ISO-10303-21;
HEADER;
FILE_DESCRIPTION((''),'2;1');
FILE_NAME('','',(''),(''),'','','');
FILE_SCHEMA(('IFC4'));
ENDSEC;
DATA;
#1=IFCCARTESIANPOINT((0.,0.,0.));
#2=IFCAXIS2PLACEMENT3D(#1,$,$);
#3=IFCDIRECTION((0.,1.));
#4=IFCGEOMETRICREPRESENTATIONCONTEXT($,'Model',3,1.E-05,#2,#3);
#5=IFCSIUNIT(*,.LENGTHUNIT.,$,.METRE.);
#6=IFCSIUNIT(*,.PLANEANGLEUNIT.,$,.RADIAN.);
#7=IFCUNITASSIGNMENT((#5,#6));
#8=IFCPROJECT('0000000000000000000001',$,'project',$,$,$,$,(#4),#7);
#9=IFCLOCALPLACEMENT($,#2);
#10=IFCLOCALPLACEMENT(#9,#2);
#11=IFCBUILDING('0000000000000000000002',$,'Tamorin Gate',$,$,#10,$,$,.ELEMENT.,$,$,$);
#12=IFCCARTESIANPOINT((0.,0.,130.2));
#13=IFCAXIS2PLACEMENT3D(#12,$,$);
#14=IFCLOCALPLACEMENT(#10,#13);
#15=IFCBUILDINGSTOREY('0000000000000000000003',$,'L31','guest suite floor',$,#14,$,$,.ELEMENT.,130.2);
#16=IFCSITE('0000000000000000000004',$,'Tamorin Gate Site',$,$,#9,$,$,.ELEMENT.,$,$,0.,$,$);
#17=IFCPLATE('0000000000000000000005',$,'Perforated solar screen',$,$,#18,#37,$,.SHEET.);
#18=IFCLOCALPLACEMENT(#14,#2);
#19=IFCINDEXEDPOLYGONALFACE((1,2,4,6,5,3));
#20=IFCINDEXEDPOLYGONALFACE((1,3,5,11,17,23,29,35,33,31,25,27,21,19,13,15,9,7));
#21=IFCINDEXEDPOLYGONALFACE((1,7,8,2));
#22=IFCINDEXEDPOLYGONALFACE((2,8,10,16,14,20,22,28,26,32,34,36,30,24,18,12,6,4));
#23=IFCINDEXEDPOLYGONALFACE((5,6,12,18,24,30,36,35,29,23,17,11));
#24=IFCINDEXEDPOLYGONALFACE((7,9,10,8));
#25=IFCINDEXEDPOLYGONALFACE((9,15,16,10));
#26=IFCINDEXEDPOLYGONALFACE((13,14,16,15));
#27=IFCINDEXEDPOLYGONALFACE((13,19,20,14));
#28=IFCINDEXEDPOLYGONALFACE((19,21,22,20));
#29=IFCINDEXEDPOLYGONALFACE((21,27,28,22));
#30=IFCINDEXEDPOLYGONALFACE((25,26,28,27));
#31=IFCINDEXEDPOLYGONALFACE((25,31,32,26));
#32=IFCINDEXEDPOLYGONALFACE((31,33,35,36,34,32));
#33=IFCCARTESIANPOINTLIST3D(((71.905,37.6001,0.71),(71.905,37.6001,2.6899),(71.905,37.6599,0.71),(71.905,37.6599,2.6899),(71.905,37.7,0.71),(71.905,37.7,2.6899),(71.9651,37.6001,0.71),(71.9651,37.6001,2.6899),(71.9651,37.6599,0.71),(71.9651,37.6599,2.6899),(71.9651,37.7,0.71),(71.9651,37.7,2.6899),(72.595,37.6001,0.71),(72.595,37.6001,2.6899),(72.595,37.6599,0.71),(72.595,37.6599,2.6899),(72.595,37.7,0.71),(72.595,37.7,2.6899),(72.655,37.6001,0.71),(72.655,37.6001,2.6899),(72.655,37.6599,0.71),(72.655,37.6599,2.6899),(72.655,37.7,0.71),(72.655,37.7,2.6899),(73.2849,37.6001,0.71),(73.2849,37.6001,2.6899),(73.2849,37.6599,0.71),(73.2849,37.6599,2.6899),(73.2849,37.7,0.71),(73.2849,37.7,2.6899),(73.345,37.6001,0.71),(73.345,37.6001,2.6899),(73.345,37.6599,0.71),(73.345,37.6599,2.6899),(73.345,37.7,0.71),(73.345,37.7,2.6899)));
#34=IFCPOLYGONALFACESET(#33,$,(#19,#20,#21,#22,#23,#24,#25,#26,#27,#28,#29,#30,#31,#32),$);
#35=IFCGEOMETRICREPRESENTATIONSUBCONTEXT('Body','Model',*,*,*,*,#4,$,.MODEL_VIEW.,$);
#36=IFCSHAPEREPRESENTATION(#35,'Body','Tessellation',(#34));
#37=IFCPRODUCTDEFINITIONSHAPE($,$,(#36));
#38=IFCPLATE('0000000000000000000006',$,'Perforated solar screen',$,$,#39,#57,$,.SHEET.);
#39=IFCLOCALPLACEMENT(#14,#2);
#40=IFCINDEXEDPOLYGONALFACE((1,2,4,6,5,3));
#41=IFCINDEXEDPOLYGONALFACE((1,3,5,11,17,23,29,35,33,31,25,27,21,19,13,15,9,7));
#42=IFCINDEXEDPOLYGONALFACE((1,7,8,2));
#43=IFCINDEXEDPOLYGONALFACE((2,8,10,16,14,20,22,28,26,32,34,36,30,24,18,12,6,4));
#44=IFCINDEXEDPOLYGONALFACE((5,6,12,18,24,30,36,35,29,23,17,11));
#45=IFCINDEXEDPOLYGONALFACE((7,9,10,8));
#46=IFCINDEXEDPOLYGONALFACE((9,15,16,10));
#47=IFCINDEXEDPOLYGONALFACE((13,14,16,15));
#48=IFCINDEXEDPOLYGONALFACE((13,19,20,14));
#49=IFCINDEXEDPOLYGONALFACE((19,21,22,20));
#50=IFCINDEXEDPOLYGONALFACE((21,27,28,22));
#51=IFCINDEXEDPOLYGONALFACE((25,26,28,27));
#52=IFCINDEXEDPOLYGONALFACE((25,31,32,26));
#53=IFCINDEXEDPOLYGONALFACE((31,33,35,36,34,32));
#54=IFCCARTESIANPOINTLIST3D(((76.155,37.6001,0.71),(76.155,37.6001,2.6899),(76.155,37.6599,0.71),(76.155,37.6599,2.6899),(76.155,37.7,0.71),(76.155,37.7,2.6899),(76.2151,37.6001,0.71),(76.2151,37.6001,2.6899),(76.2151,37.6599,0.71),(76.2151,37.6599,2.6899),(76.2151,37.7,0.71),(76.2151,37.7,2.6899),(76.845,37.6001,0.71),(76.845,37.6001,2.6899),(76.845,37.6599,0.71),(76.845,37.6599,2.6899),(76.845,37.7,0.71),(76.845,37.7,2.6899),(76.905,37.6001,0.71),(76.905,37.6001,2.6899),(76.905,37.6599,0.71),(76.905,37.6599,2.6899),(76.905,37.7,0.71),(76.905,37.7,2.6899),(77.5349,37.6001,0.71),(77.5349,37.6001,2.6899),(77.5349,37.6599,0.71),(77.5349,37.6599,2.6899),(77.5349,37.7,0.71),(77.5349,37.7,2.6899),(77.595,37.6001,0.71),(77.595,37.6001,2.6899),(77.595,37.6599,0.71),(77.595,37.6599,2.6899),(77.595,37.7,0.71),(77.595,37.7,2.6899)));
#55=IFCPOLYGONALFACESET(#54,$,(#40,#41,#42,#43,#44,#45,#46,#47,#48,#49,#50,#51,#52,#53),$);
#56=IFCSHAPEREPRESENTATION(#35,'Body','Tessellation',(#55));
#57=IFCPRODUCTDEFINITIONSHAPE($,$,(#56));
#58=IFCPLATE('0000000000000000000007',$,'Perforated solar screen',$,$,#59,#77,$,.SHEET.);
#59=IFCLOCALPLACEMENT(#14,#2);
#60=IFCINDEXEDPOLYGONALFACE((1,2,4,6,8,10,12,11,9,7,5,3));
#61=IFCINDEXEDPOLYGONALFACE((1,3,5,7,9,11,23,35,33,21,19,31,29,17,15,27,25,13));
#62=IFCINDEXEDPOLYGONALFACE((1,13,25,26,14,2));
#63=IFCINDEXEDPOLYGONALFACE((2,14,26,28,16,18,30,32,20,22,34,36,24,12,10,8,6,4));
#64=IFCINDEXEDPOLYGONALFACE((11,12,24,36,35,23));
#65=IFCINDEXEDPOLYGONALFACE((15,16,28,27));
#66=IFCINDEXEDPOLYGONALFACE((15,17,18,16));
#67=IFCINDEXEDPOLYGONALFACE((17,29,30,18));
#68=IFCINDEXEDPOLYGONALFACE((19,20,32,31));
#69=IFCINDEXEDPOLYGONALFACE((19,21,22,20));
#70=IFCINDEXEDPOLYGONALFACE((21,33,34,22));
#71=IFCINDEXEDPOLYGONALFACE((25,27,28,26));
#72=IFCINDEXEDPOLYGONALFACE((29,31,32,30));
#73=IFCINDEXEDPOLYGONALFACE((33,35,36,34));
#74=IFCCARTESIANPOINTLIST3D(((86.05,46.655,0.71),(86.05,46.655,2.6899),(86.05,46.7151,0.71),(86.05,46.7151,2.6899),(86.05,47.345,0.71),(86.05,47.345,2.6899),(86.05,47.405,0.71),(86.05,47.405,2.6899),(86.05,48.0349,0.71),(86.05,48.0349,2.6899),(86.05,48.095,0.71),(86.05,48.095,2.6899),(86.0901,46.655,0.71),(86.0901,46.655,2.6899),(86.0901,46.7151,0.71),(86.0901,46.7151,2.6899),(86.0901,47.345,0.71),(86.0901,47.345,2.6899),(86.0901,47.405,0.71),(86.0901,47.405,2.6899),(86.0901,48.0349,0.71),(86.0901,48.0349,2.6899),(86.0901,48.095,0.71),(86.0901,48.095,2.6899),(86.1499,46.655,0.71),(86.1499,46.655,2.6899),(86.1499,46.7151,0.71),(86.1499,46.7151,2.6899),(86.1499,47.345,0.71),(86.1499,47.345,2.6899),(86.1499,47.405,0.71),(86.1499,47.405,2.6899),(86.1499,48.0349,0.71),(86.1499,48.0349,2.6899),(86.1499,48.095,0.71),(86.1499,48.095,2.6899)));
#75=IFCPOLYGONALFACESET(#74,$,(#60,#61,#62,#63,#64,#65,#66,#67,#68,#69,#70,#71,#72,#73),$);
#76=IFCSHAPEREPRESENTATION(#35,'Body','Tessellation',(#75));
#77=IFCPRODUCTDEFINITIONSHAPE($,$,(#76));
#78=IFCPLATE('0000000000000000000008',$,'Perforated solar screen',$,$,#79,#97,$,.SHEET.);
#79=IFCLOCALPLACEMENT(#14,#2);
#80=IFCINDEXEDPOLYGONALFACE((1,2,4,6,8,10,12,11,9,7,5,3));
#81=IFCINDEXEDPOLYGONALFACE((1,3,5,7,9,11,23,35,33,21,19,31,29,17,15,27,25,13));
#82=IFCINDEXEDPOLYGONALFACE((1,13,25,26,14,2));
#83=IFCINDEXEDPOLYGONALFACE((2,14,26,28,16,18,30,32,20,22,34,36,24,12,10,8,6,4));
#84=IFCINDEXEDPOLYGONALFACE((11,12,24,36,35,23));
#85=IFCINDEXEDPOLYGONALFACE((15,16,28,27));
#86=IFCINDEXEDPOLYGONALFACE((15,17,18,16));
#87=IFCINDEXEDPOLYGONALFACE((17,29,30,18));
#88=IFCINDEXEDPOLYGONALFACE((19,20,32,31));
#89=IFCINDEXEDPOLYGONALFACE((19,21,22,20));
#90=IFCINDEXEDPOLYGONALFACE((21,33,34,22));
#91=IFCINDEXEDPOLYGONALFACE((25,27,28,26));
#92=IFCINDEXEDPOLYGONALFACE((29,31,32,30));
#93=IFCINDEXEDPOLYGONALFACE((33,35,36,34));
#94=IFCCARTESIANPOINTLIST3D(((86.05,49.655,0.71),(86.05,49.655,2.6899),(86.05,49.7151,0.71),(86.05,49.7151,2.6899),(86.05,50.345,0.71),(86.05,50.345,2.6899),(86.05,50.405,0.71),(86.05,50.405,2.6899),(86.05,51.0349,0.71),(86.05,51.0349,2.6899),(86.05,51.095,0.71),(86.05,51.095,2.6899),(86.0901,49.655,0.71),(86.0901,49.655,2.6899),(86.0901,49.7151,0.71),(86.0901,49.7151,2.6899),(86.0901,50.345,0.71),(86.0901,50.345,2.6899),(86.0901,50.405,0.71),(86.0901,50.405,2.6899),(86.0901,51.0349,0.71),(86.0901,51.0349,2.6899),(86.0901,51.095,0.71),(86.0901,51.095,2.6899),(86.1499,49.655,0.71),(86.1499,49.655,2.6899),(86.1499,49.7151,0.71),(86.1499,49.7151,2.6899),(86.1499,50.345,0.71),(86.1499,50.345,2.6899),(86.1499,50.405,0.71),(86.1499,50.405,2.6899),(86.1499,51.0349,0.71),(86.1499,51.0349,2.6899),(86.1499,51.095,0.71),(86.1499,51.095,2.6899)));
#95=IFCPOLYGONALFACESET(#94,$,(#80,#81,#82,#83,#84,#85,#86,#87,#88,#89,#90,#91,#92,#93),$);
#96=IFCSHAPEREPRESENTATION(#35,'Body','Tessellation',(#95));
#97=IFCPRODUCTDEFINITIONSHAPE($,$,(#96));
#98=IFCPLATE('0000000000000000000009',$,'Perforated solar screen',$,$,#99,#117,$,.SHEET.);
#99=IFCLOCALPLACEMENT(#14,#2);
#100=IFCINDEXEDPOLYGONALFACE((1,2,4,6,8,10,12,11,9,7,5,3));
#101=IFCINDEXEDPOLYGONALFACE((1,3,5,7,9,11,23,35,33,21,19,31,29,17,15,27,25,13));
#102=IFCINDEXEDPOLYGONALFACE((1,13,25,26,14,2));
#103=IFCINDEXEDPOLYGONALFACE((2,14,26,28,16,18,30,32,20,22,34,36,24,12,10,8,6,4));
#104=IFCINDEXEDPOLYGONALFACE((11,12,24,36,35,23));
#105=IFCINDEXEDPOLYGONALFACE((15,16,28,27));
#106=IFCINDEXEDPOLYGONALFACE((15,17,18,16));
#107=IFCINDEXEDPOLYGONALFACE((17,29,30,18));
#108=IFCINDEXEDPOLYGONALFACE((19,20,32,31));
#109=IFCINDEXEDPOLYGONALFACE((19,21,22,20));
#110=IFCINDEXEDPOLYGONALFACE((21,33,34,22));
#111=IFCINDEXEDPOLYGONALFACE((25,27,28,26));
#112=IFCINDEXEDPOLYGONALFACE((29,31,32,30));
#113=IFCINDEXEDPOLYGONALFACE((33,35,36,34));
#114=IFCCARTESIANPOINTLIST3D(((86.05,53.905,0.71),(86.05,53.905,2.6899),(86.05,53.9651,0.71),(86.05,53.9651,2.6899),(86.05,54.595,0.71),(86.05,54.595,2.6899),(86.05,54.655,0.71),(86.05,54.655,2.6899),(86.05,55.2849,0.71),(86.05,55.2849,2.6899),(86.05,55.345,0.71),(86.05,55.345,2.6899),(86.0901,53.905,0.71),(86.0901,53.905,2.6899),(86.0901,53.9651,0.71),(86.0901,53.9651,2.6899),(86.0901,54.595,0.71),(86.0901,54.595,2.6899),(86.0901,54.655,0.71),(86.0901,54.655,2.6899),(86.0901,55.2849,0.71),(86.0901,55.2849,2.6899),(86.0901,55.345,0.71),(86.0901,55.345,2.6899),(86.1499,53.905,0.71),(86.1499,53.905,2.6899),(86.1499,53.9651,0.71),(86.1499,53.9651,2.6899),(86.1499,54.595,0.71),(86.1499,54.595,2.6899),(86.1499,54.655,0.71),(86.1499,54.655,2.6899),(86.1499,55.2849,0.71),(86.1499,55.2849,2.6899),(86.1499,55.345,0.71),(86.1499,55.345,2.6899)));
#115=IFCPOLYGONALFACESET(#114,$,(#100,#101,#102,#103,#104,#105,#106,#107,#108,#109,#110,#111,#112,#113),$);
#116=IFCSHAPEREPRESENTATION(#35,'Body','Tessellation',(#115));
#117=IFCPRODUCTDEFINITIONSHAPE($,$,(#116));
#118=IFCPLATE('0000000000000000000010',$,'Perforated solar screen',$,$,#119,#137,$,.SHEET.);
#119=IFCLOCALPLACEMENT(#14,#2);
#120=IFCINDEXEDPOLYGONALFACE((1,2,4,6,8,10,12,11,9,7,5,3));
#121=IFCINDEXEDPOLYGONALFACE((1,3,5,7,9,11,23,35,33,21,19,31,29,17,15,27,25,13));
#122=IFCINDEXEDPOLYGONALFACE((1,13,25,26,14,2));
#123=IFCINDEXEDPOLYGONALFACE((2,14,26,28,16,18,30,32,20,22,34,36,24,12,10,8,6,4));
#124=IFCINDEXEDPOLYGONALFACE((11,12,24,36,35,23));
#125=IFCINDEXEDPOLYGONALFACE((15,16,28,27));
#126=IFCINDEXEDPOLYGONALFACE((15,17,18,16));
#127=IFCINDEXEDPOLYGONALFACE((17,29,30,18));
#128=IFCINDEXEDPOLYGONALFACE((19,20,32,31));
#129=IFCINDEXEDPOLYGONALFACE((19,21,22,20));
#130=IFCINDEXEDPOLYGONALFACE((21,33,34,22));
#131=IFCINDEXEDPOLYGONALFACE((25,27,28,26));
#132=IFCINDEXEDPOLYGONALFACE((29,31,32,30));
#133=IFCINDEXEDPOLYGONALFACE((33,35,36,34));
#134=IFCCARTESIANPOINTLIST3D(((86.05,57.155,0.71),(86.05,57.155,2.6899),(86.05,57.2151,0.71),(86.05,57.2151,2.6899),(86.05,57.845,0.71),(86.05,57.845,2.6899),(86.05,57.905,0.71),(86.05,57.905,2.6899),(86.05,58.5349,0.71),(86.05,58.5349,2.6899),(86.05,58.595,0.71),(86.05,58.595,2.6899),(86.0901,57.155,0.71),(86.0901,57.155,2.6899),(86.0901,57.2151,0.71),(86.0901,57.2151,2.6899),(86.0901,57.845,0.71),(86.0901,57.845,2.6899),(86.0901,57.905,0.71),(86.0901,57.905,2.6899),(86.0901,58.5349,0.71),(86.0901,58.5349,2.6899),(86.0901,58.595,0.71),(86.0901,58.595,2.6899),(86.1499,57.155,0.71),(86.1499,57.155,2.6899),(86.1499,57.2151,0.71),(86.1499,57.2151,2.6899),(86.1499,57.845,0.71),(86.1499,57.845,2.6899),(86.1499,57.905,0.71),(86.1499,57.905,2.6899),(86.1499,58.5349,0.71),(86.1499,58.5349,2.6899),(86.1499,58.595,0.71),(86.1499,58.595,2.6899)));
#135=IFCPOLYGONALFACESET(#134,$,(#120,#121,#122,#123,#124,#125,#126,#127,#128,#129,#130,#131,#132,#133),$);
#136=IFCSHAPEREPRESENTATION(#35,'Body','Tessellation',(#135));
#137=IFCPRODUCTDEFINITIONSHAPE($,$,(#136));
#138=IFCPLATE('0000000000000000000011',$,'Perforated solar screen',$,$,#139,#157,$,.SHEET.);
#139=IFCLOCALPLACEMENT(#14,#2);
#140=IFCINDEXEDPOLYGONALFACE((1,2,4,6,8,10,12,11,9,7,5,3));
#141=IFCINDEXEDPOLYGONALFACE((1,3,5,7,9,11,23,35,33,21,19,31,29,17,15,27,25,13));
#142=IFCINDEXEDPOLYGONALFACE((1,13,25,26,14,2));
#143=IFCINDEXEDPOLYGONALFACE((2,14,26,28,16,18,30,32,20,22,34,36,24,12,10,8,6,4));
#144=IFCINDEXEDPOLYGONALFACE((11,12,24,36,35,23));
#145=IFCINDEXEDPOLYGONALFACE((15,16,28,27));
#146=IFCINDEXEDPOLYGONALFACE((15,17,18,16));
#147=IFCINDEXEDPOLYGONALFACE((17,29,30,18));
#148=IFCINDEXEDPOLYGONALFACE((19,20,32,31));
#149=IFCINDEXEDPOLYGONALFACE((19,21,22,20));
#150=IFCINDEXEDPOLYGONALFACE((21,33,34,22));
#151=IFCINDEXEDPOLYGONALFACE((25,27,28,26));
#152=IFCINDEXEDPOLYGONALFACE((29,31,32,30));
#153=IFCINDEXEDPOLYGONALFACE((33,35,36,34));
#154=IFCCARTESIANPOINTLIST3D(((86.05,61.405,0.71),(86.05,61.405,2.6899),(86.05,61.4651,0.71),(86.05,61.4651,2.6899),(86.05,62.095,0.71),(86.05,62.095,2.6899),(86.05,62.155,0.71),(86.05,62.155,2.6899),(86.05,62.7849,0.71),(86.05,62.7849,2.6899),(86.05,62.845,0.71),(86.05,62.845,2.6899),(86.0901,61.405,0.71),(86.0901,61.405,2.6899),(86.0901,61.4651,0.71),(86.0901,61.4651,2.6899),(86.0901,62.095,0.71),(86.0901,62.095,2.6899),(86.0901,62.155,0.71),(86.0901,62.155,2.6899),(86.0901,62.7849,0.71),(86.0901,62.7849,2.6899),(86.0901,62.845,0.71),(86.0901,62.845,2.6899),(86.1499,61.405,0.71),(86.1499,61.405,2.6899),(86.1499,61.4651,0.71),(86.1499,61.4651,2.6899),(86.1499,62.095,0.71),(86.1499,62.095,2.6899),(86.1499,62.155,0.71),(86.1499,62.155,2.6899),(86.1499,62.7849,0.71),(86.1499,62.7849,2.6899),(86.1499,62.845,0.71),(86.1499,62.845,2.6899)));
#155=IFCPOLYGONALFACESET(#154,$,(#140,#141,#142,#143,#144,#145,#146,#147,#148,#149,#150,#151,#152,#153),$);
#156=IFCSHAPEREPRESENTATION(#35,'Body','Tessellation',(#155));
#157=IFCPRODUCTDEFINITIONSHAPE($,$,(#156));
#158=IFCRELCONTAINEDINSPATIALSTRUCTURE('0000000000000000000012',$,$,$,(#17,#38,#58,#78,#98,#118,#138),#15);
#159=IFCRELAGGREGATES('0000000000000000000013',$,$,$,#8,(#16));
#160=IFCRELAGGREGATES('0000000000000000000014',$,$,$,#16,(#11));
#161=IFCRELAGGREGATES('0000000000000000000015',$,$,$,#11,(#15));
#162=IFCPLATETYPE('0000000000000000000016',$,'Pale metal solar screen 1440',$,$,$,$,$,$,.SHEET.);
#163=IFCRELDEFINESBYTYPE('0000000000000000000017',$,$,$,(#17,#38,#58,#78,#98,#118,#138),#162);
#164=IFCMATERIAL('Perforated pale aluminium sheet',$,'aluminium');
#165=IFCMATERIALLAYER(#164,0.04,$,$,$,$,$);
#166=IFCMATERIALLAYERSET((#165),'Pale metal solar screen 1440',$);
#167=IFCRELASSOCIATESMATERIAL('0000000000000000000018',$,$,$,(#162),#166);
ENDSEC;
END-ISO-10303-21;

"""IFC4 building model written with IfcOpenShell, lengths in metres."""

from ifc_helpers import new_model, si_unit, direction, frame, origin, place, context, subcontext, project, spatial, polyline, outline, extrude, material, layer, layer_set, type_object, element, save


model = new_model("IFC4")

# Units and contexts
model_context = context("Model", 3, precision=1e-05, world=origin(), true_north=direction((0.0, 1.0)))
body_context = subcontext(model_context, "Body", "Model", "MODEL_VIEW")
ifc_project = project(units=[si_unit("LENGTHUNIT", "METRE"), si_unit("PLANEANGLEUNIT", "RADIAN")], contexts=[model_context])

# Site, building, storey
site_placement = place(None, origin())
site = spatial("IfcSite", under=ifc_project, at=site_placement, Name="Tamorin Gate Site", CompositionType="ELEMENT", RefElevation=0.0)
building_placement = place(site_placement, origin())
building = spatial("IfcBuilding", under=site, at=building_placement, Name="Tamorin Gate", CompositionType="ELEMENT")
storey_placement = place(building_placement, frame((0.0, 0.0, 130.2)))
storey = spatial("IfcBuildingStorey", under=building, at=storey_placement, Name="L31", Description="guest suite floor", CompositionType="ELEMENT", Elevation=130.2)

# Plates
ifc_material_1 = material(Name="Perforated pale aluminium sheet", Category="aluminium")
ifc_layer_1 = layer(ifc_material_1, 0.04)
ifc_layer_set_1 = layer_set([ifc_layer_1], Name="Pale metal solar screen 1440")
plate_type_1 = type_object("IfcPlateType", Name="Pale metal solar screen 1440", PredefinedType="SHEET", material=ifc_layer_set_1)
plate_1_placement = place(storey_placement, frame((0.0, 0.0, 0.71)))
element("IfcPlate", 1, at=plate_1_placement, inside=storey, type_object=plate_type_1, Name="Perforated solar screen", PredefinedType="SHEET", context=body_context, shape_type="SweptSolid", body=[
    extrude(outline(polyline([(71.905, 37.6599), (71.905, 37.7), (71.9651, 37.7), (72.595, 37.7), (72.655, 37.7), (73.2849, 37.7), (73.345, 37.7), (73.345, 37.6599), (73.345, 37.6001), (73.2849, 37.6001), (73.2849, 37.6599), (72.655, 37.6599), (72.655, 37.6001), (72.595, 37.6001), (72.595, 37.6599), (71.9651, 37.6599), (71.9651, 37.6001), (71.905, 37.6001), (71.905, 37.6599)])), origin(), (0.0, 0.0, 1.0), 1.98),
])
plate_2_placement = place(storey_placement, frame((0.0, 0.0, 0.71)))
element("IfcPlate", 2, at=plate_2_placement, inside=storey, type_object=plate_type_1, Name="Perforated solar screen", PredefinedType="SHEET", context=body_context, shape_type="SweptSolid", body=[
    extrude(outline(polyline([(76.155, 37.6599), (76.155, 37.7), (76.2151, 37.7), (76.845, 37.7), (76.905, 37.7), (77.5349, 37.7), (77.595, 37.7), (77.595, 37.6599), (77.595, 37.6001), (77.5349, 37.6001), (77.5349, 37.6599), (76.905, 37.6599), (76.905, 37.6001), (76.845, 37.6001), (76.845, 37.6599), (76.2151, 37.6599), (76.2151, 37.6001), (76.155, 37.6001), (76.155, 37.6599)])), origin(), (0.0, 0.0, 1.0), 1.98),
])
plate_3_placement = place(storey_placement, frame((0.0, 0.0, 0.71)))
element("IfcPlate", 3, at=plate_3_placement, inside=storey, type_object=plate_type_1, Name="Perforated solar screen", PredefinedType="SHEET", context=body_context, shape_type="SweptSolid", body=[
    extrude(outline(polyline([(86.0901, 46.655), (86.05, 46.655), (86.05, 46.7151), (86.05, 47.345), (86.05, 47.405), (86.05, 48.0349), (86.05, 48.095), (86.05, 48.095), (86.0901, 48.095), (86.0901, 48.095), (86.1499, 48.095), (86.1499, 48.0349), (86.0901, 48.0349), (86.0901, 47.405), (86.1499, 47.405), (86.1499, 47.345), (86.0901, 47.345), (86.0901, 46.7151), (86.1499, 46.7151), (86.1499, 46.655), (86.0901, 46.655)])), origin(), (0.0, 0.0, 1.0), 1.98),
])
plate_4_placement = place(storey_placement, frame((0.0, 0.0, 0.71)))
element("IfcPlate", 4, at=plate_4_placement, inside=storey, type_object=plate_type_1, Name="Perforated solar screen", PredefinedType="SHEET", context=body_context, shape_type="SweptSolid", body=[
    extrude(outline(polyline([(86.0901, 49.655), (86.05, 49.655), (86.05, 49.7151), (86.05, 50.345), (86.05, 50.405), (86.05, 51.0349), (86.05, 51.095), (86.0901, 51.095), (86.1499, 51.095), (86.1499, 51.0349), (86.0901, 51.0349), (86.0901, 50.405), (86.1499, 50.405), (86.1499, 50.345), (86.0901, 50.345), (86.0901, 49.7151), (86.1499, 49.7151), (86.1499, 49.655), (86.0901, 49.655)])), origin(), (0.0, 0.0, 1.0), 1.98),
])
plate_5_placement = place(storey_placement, frame((0.0, 0.0, 0.71)))
element("IfcPlate", 5, at=plate_5_placement, inside=storey, type_object=plate_type_1, Name="Perforated solar screen", PredefinedType="SHEET", context=body_context, shape_type="SweptSolid", body=[
    extrude(outline(polyline([(86.0901, 53.905), (86.05, 53.905), (86.05, 53.9651), (86.05, 54.595), (86.05, 54.655), (86.05, 55.2849), (86.05, 55.345), (86.0901, 55.345), (86.1499, 55.345), (86.1499, 55.2849), (86.0901, 55.2849), (86.0901, 54.655), (86.1499, 54.655), (86.1499, 54.595), (86.0901, 54.595), (86.0901, 53.9651), (86.1499, 53.9651), (86.1499, 53.905), (86.0901, 53.905)])), origin(), (0.0, 0.0, 1.0), 1.98),
])
plate_6_placement = place(storey_placement, frame((0.0, 0.0, 0.71)))
element("IfcPlate", 6, at=plate_6_placement, inside=storey, type_object=plate_type_1, Name="Perforated solar screen", PredefinedType="SHEET", context=body_context, shape_type="SweptSolid", body=[
    extrude(outline(polyline([(86.0901, 57.155), (86.05, 57.155), (86.05, 57.2151), (86.05, 57.845), (86.05, 57.905), (86.05, 58.5349), (86.05, 58.595), (86.0901, 58.595), (86.1499, 58.595), (86.1499, 58.5349), (86.0901, 58.5349), (86.0901, 57.905), (86.1499, 57.905), (86.1499, 57.845), (86.0901, 57.845), (86.0901, 57.2151), (86.1499, 57.2151), (86.1499, 57.155), (86.0901, 57.155)])), origin(), (0.0, 0.0, 1.0), 1.98),
])
plate_7_placement = place(storey_placement, frame((0.0, 0.0, 0.71)))
element("IfcPlate", 7, at=plate_7_placement, inside=storey, type_object=plate_type_1, Name="Perforated solar screen", PredefinedType="SHEET", context=body_context, shape_type="SweptSolid", body=[
    extrude(outline(polyline([(86.0901, 61.405), (86.05, 61.405), (86.05, 61.4651), (86.05, 62.095), (86.05, 62.155), (86.05, 62.7849), (86.05, 62.845), (86.0901, 62.845), (86.1499, 62.845), (86.1499, 62.7849), (86.0901, 62.7849), (86.0901, 62.155), (86.1499, 62.155), (86.1499, 62.095), (86.0901, 62.095), (86.0901, 61.4651), (86.1499, 61.4651), (86.1499, 61.405), (86.0901, 61.405)])), origin(), (0.0, 0.0, 1.0), 1.98),
])

save(model, "model.ifc")
